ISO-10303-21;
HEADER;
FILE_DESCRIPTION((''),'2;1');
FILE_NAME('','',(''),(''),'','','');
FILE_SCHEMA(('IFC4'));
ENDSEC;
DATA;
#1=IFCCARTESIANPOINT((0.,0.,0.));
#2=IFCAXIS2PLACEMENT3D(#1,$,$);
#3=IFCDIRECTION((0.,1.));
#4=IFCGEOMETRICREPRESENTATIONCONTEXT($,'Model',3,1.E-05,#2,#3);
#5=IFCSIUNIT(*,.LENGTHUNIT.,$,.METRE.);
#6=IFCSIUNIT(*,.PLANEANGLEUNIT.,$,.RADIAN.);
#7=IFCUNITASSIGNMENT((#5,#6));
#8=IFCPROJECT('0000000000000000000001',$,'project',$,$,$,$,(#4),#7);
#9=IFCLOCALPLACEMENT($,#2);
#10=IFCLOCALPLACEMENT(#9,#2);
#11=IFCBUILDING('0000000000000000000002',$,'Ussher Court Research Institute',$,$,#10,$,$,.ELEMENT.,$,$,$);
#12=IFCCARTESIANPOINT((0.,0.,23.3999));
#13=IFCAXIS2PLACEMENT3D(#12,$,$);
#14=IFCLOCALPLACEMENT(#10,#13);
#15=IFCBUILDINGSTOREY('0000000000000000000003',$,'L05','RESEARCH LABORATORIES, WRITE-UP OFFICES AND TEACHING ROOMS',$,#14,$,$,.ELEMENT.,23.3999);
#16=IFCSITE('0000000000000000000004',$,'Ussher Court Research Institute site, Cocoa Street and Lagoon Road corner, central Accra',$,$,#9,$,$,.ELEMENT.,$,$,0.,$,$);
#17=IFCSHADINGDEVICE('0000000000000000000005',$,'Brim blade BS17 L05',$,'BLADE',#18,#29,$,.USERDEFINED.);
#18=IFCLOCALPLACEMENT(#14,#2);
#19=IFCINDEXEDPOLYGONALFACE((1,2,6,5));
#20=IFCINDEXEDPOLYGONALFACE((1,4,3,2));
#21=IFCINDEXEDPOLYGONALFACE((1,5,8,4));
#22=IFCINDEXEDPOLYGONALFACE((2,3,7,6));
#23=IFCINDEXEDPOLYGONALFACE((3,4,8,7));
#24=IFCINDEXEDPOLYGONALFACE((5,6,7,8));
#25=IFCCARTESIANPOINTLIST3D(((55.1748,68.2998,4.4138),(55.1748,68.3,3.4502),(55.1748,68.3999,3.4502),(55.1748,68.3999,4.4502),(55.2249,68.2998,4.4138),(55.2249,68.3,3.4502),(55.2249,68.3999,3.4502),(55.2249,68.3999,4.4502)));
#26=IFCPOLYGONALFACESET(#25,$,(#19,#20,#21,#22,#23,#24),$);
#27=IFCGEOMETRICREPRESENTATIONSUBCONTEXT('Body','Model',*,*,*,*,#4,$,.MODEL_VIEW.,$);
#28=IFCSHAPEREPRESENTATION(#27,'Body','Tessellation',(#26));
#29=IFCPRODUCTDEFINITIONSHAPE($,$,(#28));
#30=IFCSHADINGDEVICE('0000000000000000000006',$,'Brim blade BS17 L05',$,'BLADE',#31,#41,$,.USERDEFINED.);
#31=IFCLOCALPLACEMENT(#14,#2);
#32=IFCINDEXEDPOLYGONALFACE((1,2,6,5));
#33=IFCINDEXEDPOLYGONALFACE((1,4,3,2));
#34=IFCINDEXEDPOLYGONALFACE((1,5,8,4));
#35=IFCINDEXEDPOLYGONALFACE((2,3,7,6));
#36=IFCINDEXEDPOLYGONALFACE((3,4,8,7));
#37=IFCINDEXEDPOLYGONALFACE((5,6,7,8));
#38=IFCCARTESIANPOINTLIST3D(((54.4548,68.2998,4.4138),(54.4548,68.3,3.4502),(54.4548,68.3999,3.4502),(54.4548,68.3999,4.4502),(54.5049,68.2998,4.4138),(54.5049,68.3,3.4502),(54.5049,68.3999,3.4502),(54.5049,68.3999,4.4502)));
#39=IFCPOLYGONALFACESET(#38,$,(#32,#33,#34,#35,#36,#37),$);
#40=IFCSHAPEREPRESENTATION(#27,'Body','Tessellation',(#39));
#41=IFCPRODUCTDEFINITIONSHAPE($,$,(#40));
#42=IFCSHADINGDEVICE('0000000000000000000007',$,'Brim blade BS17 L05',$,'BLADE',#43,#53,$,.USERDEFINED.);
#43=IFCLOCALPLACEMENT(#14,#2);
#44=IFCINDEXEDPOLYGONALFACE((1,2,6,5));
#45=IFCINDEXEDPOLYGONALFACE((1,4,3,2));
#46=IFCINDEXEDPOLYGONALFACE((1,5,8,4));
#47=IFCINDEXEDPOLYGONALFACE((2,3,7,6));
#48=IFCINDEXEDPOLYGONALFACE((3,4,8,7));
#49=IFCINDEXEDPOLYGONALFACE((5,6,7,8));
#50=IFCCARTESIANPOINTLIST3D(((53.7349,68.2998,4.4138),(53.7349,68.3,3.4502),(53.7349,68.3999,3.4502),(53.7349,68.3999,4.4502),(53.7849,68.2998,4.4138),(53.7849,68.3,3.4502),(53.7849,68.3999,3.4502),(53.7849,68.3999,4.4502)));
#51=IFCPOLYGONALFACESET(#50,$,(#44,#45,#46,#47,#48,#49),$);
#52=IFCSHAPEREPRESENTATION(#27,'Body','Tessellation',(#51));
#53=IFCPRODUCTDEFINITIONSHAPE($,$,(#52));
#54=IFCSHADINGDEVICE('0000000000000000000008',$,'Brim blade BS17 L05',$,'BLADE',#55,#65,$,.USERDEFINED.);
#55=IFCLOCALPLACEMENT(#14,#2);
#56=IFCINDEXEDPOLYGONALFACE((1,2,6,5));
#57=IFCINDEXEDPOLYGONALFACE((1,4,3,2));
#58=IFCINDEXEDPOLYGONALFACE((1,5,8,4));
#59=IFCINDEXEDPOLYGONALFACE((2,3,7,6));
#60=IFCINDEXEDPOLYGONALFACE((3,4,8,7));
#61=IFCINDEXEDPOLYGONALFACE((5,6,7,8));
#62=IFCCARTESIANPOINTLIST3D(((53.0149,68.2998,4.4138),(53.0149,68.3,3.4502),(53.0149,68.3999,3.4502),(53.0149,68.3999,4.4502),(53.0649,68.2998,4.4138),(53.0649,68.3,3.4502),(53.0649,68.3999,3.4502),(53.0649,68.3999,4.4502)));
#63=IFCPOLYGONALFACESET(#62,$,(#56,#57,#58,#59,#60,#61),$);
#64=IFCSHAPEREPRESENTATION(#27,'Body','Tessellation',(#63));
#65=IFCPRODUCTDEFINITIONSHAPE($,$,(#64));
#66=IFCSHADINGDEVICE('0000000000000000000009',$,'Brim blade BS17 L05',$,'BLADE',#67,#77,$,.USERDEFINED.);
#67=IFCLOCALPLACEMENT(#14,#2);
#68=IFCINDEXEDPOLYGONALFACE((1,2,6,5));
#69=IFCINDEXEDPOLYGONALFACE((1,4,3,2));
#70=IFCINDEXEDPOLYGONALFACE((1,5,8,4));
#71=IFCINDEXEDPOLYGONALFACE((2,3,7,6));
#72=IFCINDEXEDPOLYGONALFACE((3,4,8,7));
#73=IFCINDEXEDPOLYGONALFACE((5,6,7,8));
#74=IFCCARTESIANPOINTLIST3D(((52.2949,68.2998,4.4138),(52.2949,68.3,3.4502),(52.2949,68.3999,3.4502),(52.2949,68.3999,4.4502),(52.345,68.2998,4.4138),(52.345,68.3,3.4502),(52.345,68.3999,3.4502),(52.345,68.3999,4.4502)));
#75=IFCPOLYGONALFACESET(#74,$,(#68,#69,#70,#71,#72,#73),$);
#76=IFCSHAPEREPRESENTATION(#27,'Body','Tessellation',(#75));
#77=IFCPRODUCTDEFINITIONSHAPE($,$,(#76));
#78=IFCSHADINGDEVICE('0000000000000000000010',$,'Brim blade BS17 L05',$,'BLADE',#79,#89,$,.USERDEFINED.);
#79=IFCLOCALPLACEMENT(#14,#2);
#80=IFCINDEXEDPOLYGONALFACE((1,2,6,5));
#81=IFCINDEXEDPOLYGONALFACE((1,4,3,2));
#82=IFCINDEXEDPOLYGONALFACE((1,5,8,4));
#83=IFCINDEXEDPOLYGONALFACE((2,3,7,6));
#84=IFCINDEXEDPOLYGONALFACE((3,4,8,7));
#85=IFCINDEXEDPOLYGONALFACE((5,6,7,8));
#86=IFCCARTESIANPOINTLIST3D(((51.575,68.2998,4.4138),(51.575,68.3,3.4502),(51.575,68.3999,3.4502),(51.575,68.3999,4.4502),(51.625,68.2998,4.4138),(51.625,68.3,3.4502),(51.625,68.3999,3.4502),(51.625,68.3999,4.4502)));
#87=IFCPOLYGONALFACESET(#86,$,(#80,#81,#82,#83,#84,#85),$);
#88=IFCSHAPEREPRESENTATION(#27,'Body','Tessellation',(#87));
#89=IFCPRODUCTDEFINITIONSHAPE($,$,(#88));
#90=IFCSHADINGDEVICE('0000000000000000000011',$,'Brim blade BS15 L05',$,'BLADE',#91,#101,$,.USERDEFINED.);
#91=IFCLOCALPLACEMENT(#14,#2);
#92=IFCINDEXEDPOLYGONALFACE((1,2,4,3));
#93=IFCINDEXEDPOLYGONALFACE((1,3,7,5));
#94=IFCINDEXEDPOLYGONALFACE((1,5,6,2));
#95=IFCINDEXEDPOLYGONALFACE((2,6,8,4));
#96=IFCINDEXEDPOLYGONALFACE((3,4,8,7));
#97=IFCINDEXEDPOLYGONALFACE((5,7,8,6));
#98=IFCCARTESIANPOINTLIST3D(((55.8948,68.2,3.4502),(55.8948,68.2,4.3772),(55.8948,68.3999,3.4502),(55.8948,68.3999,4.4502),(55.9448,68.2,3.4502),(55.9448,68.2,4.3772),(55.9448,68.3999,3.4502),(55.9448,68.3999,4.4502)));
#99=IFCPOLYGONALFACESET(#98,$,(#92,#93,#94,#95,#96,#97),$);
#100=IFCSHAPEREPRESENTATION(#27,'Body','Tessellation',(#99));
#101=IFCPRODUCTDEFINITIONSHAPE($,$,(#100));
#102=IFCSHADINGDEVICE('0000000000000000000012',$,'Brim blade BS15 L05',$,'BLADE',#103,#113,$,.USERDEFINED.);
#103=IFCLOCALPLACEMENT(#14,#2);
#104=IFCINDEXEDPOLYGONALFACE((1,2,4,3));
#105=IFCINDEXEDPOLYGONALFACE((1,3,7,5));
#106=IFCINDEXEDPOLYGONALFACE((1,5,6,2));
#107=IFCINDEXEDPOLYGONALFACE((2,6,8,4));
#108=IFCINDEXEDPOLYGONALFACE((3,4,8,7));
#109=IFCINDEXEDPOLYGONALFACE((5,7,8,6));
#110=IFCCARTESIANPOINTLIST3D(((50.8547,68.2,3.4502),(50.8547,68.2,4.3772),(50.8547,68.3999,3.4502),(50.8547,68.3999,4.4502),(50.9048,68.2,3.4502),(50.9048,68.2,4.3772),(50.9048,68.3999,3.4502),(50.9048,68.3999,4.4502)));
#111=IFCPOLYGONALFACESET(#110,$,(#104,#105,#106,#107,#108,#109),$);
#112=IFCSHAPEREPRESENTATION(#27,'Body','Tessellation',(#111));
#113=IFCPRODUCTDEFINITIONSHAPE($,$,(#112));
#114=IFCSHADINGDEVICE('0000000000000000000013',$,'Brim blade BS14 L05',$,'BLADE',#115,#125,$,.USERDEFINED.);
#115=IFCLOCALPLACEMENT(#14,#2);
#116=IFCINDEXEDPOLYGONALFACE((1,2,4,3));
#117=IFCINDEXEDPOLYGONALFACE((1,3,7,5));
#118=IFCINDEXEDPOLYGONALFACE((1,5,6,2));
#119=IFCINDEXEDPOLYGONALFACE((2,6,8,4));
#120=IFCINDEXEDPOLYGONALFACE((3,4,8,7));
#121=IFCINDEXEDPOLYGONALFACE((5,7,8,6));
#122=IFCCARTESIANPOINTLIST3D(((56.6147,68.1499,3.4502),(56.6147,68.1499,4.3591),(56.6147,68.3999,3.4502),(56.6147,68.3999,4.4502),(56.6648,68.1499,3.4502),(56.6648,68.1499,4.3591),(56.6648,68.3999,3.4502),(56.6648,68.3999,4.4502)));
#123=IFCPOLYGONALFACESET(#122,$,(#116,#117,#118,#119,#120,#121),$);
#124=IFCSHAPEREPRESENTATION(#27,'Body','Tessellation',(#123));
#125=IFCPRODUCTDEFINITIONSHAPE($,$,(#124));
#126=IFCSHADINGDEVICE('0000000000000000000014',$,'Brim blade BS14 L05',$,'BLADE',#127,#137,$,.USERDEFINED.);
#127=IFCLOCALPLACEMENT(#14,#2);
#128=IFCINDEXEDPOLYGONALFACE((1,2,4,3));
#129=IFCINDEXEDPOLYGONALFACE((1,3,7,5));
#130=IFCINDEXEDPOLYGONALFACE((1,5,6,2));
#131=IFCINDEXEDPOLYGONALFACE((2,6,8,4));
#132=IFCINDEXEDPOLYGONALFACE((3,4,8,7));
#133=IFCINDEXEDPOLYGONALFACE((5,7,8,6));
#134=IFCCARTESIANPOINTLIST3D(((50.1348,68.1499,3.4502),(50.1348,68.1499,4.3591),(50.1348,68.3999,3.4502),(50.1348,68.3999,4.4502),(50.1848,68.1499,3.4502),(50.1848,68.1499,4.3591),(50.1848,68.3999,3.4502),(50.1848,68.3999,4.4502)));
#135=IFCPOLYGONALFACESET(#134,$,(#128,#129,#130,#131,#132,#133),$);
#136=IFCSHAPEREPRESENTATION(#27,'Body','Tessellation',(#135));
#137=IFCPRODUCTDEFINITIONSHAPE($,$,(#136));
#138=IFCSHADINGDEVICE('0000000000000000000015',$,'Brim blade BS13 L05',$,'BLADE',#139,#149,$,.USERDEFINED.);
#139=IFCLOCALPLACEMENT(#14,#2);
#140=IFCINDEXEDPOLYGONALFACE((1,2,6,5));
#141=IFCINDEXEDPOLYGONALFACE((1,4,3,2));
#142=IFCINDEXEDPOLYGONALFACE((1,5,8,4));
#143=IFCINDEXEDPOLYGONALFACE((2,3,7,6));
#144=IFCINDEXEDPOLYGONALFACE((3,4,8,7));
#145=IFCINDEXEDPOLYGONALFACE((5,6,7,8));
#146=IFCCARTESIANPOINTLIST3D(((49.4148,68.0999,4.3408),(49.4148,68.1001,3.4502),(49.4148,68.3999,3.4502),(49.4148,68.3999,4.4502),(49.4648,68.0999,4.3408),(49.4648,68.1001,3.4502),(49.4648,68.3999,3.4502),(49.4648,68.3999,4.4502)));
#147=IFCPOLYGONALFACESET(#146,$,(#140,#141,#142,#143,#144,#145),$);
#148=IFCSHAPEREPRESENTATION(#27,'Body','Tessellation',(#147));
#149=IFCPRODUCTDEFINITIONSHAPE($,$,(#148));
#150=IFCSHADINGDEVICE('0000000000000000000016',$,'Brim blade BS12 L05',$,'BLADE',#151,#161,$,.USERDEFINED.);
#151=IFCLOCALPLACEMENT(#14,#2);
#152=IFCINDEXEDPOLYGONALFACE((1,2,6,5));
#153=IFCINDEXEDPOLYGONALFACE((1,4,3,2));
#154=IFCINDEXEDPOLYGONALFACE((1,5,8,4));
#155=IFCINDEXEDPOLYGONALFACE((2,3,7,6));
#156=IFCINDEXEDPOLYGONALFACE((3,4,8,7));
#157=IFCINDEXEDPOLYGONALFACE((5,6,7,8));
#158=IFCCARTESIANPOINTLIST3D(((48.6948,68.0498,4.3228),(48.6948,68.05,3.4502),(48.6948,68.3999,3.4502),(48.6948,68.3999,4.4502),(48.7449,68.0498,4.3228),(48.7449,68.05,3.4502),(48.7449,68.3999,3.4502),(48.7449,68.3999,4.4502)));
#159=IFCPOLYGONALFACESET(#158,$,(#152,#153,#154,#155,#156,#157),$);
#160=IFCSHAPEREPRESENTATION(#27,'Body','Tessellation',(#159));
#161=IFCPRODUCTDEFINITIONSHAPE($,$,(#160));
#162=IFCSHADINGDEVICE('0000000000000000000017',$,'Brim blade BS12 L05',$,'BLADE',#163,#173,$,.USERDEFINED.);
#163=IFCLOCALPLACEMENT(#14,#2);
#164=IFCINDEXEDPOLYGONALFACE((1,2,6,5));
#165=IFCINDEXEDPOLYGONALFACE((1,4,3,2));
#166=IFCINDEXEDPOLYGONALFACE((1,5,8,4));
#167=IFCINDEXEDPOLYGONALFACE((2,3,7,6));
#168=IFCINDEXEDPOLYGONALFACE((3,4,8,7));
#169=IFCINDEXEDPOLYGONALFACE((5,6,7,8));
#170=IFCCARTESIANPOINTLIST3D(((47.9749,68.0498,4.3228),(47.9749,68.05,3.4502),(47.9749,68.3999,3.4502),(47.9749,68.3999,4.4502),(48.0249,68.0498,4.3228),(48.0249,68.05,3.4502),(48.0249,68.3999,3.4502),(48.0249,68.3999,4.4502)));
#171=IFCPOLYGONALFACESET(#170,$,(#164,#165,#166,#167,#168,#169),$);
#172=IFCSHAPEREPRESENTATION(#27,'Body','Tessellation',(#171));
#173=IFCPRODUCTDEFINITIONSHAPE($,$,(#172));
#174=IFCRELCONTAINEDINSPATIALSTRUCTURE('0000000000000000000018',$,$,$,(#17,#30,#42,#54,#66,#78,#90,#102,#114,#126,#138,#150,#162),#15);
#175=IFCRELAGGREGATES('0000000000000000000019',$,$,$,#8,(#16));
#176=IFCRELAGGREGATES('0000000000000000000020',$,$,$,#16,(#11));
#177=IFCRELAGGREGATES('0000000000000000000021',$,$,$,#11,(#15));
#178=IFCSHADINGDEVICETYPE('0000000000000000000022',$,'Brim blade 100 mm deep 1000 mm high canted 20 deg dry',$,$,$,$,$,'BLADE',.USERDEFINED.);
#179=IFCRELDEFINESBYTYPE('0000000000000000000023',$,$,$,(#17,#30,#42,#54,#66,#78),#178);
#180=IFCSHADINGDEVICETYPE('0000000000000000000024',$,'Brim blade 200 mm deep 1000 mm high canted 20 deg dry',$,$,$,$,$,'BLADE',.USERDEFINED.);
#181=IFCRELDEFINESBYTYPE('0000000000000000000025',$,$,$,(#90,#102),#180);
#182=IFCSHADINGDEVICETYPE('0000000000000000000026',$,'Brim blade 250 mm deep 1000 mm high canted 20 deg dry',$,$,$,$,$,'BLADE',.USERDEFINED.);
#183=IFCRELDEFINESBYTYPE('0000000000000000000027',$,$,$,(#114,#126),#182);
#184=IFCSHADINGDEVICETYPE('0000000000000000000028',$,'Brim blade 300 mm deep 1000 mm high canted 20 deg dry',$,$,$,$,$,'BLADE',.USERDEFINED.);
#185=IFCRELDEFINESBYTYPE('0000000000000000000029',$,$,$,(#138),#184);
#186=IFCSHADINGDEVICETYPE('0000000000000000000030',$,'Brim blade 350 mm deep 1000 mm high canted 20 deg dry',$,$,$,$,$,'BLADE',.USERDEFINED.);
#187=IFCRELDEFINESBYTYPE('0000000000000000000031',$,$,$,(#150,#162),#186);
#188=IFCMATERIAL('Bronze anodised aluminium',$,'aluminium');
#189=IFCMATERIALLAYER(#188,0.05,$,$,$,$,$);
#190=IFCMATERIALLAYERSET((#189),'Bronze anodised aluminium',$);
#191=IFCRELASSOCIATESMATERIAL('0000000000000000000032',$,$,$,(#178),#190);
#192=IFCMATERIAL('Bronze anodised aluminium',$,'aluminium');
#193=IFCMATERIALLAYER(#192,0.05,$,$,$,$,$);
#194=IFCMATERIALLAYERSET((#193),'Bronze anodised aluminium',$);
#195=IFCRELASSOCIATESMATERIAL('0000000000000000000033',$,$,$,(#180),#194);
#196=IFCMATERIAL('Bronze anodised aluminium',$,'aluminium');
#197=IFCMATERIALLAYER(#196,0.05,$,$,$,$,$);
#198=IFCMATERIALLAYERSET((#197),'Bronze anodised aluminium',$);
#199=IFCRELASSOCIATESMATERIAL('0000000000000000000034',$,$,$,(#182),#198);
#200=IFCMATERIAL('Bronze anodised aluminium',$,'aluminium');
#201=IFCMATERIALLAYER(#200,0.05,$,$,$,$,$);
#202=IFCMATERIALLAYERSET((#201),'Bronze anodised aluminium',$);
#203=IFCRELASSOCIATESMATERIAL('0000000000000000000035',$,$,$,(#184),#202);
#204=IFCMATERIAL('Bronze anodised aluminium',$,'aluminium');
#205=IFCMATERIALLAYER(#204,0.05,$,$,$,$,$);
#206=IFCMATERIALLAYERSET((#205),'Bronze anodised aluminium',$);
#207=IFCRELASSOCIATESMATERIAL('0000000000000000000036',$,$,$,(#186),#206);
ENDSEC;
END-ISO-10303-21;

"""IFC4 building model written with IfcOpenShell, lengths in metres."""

from ifc_helpers import new_model, si_unit, direction, frame, origin, place, context, subcontext, project, spatial, polyline, outline, extrude, material, layer, layer_set, type_object, element, save


model = new_model("IFC4")

# Units and contexts
model_context = context("Model", 3, precision=1e-05, world=origin(), true_north=direction((0.0, 1.0)))
body_context = subcontext(model_context, "Body", "Model", "MODEL_VIEW")
ifc_project = project(units=[si_unit("LENGTHUNIT", "METRE"), si_unit("PLANEANGLEUNIT", "RADIAN")], contexts=[model_context])

# Site, building, storey
site_placement = place(None, origin())
site = spatial("IfcSite", under=ifc_project, at=site_placement, Name="Ussher Court Research Institute site, Cocoa Street and Lagoon Road corner, central Accra", CompositionType="ELEMENT", RefElevation=0.0)
building_placement = place(site_placement, origin())
building = spatial("IfcBuilding", under=site, at=building_placement, Name="Ussher Court Research Institute", CompositionType="ELEMENT")
storey_placement = place(building_placement, frame((0.0, 0.0, 23.3999)))
storey = spatial("IfcBuildingStorey", under=building, at=storey_placement, Name="L05", Description="RESEARCH LABORATORIES, WRITE-UP OFFICES AND TEACHING ROOMS", CompositionType="ELEMENT", Elevation=23.3999)

# Shading devices
ifc_material_1 = material(Name="Bronze anodised aluminium", Category="aluminium")
ifc_layer_1 = layer(ifc_material_1, 0.05)
ifc_layer_set_1 = layer_set([ifc_layer_1], Name="Bronze anodised aluminium")
shading_device_type_1 = type_object("IfcShadingDeviceType", Name="Brim blade 100 mm deep 1000 mm high canted 20 deg dry", ElementType="BLADE", PredefinedType="USERDEFINED", material=ifc_layer_set_1)
for number, where, z_axis, x_axis, name in (
    (1, (55.2, 68.3999, 3.4502), (0.0, 0.0, 1.0), (0.0, -1.0, 0.0), "Brim blade BS17 L05"),
    (2, (54.48, 68.3999, 3.4502), (0.0, 0.0, 1.0), (0.0, -1.0, 0.0), "Brim blade BS17 L05"),
    (3, (53.76, 68.3999, 3.4502), (0.0, 0.0, 1.0), (0.0, -1.0, 0.0), "Brim blade BS17 L05"),
    (4, (53.04, 68.3999, 3.4502), (0.0, 0.0, 1.0), (0.0, -1.0, 0.0), "Brim blade BS17 L05"),
    (5, (52.3201, 68.3999, 3.4502), (0.0, 0.0, 1.0), (0.0, -1.0, 0.0), "Brim blade BS17 L05"),
    (6, (51.6001, 68.3999, 3.4502), (0.0, 0.0, 1.0), (0.0, -1.0, 0.0), "Brim blade BS17 L05"),
):
    element("IfcShadingDevice", number, at=place(storey_placement, frame(where, z_axis=z_axis, x_axis=x_axis)), inside=storey, type_object=shading_device_type_1, Name=name, ObjectType="BLADE", PredefinedType="USERDEFINED", context=body_context, shape_type="SweptSolid", body=[
        extrude(outline(polyline([(0.0, 0.0), (0.0999, 0.0), (0.1001, 0.9636), (0.0, 1.0), (0.0, 0.0)])), frame((0.0, 0.0249, 0.0), z_axis=(0.0, -1.0, 0.0), x_axis=(1.0, 0.0, 0.0)), (0.0, 0.0, 1.0), 0.05),
    ])
ifc_material_2 = material(Name="Bronze anodised aluminium", Category="aluminium")
ifc_layer_2 = layer(ifc_material_2, 0.05)
ifc_layer_set_2 = layer_set([ifc_layer_2], Name="Bronze anodised aluminium")
shading_device_type_2 = type_object("IfcShadingDeviceType", Name="Brim blade 200 mm deep 1000 mm high canted 20 deg dry", ElementType="BLADE", PredefinedType="USERDEFINED", material=ifc_layer_set_2)
for number, where, z_axis, x_axis, name in (
    (7, (55.9199, 68.3999, 3.4502), (0.0, 0.0, 1.0), (0.0, -1.0, 0.0), "Brim blade BS15 L05"),
    (8, (50.8799, 68.3999, 3.4502), (0.0, 0.0, 1.0), (0.0, -1.0, 0.0), "Brim blade BS15 L05"),
):
    element("IfcShadingDevice", number, at=place(storey_placement, frame(where, z_axis=z_axis, x_axis=x_axis)), inside=storey, type_object=shading_device_type_2, Name=name, ObjectType="BLADE", PredefinedType="USERDEFINED", context=body_context, shape_type="SweptSolid", body=[
        extrude(outline(polyline([(0.0, 0.0), (0.2, 0.0), (0.2, 0.927), (0.0, 1.0), (0.0, 0.0)])), frame((0.0, 0.0249, 0.0), z_axis=(0.0, -1.0, 0.0), x_axis=(1.0, 0.0, 0.0)), (0.0, 0.0, 1.0), 0.05),
    ])
ifc_material_3 = material(Name="Bronze anodised aluminium", Category="aluminium")
ifc_layer_3 = layer(ifc_material_3, 0.05)
ifc_layer_set_3 = layer_set([ifc_layer_3], Name="Bronze anodised aluminium")
shading_device_type_3 = type_object("IfcShadingDeviceType", Name="Brim blade 250 mm deep 1000 mm high canted 20 deg dry", ElementType="BLADE", PredefinedType="USERDEFINED", material=ifc_layer_set_3)
for number, where, z_axis, x_axis, name in (
    (9, (56.6399, 68.3999, 3.4502), (0.0, 0.0, 1.0), (0.0, -1.0, 0.0), "Brim blade BS14 L05"),
    (10, (50.1599, 68.3999, 3.4502), (0.0, 0.0, 1.0), (0.0, -1.0, 0.0), "Brim blade BS14 L05"),
):
    element("IfcShadingDevice", number, at=place(storey_placement, frame(where, z_axis=z_axis, x_axis=x_axis)), inside=storey, type_object=shading_device_type_3, Name=name, ObjectType="BLADE", PredefinedType="USERDEFINED", context=body_context, shape_type="SweptSolid", body=[
        extrude(outline(polyline([(0.0, 0.0), (0.25, 0.0), (0.25, 0.9089), (0.0, 1.0), (0.0, 0.0)])), frame((0.0, 0.0249, 0.0), z_axis=(0.0, -1.0, 0.0), x_axis=(1.0, 0.0, 0.0)), (0.0, 0.0, 1.0), 0.05),
    ])
ifc_material_4 = material(Name="Bronze anodised aluminium", Category="aluminium")
ifc_layer_4 = layer(ifc_material_4, 0.05)
ifc_layer_set_4 = layer_set([ifc_layer_4], Name="Bronze anodised aluminium")
shading_device_type_4 = type_object("IfcShadingDeviceType", Name="Brim blade 300 mm deep 1000 mm high canted 20 deg dry", ElementType="BLADE", PredefinedType="USERDEFINED", material=ifc_layer_set_4)
shading_device_placement = place(storey_placement, frame((49.4399, 68.3999, 3.4502), z_axis=(0.0, 0.0, 1.0), x_axis=(0.0, -1.0, 0.0)))
element("IfcShadingDevice", 11, at=shading_device_placement, inside=storey, type_object=shading_device_type_4, Name="Brim blade BS13 L05", ObjectType="BLADE", PredefinedType="USERDEFINED", context=body_context, shape_type="SweptSolid", body=[
    extrude(outline(polyline([(0.0, 0.0), (0.2998, 0.0), (0.3, 0.8906), (0.0, 1.0), (0.0, 0.0)])), frame((0.0, 0.0249, 0.0), z_axis=(0.0, -1.0, 0.0), x_axis=(1.0, 0.0, 0.0)), (0.0, 0.0, 1.0), 0.05),
])
ifc_material_5 = material(Name="Bronze anodised aluminium", Category="aluminium")
ifc_layer_5 = layer(ifc_material_5, 0.05)
ifc_layer_set_5 = layer_set([ifc_layer_5], Name="Bronze anodised aluminium")
shading_device_type_5 = type_object("IfcShadingDeviceType", Name="Brim blade 350 mm deep 1000 mm high canted 20 deg dry", ElementType="BLADE", PredefinedType="USERDEFINED", material=ifc_layer_set_5)
for number, where, z_axis, x_axis, name in (
    (12, (48.72, 68.3999, 3.4502), (0.0, 0.0, 1.0), (0.0, -1.0, 0.0), "Brim blade BS12 L05"),
    (13, (48.0, 68.3999, 3.4502), (0.0, 0.0, 1.0), (0.0, -1.0, 0.0), "Brim blade BS12 L05"),
):
    element("IfcShadingDevice", number, at=place(storey_placement, frame(where, z_axis=z_axis, x_axis=x_axis)), inside=storey, type_object=shading_device_type_5, Name=name, ObjectType="BLADE", PredefinedType="USERDEFINED", context=body_context, shape_type="SweptSolid", body=[
        extrude(outline(polyline([(0.0, 0.0), (0.3499, 0.0), (0.3501, 0.8726), (0.0, 1.0), (0.0, 0.0)])), frame((0.0, 0.0249, 0.0), z_axis=(0.0, -1.0, 0.0), x_axis=(1.0, 0.0, 0.0)), (0.0, 0.0, 1.0), 0.05),
    ])

save(model, "model.ifc")
